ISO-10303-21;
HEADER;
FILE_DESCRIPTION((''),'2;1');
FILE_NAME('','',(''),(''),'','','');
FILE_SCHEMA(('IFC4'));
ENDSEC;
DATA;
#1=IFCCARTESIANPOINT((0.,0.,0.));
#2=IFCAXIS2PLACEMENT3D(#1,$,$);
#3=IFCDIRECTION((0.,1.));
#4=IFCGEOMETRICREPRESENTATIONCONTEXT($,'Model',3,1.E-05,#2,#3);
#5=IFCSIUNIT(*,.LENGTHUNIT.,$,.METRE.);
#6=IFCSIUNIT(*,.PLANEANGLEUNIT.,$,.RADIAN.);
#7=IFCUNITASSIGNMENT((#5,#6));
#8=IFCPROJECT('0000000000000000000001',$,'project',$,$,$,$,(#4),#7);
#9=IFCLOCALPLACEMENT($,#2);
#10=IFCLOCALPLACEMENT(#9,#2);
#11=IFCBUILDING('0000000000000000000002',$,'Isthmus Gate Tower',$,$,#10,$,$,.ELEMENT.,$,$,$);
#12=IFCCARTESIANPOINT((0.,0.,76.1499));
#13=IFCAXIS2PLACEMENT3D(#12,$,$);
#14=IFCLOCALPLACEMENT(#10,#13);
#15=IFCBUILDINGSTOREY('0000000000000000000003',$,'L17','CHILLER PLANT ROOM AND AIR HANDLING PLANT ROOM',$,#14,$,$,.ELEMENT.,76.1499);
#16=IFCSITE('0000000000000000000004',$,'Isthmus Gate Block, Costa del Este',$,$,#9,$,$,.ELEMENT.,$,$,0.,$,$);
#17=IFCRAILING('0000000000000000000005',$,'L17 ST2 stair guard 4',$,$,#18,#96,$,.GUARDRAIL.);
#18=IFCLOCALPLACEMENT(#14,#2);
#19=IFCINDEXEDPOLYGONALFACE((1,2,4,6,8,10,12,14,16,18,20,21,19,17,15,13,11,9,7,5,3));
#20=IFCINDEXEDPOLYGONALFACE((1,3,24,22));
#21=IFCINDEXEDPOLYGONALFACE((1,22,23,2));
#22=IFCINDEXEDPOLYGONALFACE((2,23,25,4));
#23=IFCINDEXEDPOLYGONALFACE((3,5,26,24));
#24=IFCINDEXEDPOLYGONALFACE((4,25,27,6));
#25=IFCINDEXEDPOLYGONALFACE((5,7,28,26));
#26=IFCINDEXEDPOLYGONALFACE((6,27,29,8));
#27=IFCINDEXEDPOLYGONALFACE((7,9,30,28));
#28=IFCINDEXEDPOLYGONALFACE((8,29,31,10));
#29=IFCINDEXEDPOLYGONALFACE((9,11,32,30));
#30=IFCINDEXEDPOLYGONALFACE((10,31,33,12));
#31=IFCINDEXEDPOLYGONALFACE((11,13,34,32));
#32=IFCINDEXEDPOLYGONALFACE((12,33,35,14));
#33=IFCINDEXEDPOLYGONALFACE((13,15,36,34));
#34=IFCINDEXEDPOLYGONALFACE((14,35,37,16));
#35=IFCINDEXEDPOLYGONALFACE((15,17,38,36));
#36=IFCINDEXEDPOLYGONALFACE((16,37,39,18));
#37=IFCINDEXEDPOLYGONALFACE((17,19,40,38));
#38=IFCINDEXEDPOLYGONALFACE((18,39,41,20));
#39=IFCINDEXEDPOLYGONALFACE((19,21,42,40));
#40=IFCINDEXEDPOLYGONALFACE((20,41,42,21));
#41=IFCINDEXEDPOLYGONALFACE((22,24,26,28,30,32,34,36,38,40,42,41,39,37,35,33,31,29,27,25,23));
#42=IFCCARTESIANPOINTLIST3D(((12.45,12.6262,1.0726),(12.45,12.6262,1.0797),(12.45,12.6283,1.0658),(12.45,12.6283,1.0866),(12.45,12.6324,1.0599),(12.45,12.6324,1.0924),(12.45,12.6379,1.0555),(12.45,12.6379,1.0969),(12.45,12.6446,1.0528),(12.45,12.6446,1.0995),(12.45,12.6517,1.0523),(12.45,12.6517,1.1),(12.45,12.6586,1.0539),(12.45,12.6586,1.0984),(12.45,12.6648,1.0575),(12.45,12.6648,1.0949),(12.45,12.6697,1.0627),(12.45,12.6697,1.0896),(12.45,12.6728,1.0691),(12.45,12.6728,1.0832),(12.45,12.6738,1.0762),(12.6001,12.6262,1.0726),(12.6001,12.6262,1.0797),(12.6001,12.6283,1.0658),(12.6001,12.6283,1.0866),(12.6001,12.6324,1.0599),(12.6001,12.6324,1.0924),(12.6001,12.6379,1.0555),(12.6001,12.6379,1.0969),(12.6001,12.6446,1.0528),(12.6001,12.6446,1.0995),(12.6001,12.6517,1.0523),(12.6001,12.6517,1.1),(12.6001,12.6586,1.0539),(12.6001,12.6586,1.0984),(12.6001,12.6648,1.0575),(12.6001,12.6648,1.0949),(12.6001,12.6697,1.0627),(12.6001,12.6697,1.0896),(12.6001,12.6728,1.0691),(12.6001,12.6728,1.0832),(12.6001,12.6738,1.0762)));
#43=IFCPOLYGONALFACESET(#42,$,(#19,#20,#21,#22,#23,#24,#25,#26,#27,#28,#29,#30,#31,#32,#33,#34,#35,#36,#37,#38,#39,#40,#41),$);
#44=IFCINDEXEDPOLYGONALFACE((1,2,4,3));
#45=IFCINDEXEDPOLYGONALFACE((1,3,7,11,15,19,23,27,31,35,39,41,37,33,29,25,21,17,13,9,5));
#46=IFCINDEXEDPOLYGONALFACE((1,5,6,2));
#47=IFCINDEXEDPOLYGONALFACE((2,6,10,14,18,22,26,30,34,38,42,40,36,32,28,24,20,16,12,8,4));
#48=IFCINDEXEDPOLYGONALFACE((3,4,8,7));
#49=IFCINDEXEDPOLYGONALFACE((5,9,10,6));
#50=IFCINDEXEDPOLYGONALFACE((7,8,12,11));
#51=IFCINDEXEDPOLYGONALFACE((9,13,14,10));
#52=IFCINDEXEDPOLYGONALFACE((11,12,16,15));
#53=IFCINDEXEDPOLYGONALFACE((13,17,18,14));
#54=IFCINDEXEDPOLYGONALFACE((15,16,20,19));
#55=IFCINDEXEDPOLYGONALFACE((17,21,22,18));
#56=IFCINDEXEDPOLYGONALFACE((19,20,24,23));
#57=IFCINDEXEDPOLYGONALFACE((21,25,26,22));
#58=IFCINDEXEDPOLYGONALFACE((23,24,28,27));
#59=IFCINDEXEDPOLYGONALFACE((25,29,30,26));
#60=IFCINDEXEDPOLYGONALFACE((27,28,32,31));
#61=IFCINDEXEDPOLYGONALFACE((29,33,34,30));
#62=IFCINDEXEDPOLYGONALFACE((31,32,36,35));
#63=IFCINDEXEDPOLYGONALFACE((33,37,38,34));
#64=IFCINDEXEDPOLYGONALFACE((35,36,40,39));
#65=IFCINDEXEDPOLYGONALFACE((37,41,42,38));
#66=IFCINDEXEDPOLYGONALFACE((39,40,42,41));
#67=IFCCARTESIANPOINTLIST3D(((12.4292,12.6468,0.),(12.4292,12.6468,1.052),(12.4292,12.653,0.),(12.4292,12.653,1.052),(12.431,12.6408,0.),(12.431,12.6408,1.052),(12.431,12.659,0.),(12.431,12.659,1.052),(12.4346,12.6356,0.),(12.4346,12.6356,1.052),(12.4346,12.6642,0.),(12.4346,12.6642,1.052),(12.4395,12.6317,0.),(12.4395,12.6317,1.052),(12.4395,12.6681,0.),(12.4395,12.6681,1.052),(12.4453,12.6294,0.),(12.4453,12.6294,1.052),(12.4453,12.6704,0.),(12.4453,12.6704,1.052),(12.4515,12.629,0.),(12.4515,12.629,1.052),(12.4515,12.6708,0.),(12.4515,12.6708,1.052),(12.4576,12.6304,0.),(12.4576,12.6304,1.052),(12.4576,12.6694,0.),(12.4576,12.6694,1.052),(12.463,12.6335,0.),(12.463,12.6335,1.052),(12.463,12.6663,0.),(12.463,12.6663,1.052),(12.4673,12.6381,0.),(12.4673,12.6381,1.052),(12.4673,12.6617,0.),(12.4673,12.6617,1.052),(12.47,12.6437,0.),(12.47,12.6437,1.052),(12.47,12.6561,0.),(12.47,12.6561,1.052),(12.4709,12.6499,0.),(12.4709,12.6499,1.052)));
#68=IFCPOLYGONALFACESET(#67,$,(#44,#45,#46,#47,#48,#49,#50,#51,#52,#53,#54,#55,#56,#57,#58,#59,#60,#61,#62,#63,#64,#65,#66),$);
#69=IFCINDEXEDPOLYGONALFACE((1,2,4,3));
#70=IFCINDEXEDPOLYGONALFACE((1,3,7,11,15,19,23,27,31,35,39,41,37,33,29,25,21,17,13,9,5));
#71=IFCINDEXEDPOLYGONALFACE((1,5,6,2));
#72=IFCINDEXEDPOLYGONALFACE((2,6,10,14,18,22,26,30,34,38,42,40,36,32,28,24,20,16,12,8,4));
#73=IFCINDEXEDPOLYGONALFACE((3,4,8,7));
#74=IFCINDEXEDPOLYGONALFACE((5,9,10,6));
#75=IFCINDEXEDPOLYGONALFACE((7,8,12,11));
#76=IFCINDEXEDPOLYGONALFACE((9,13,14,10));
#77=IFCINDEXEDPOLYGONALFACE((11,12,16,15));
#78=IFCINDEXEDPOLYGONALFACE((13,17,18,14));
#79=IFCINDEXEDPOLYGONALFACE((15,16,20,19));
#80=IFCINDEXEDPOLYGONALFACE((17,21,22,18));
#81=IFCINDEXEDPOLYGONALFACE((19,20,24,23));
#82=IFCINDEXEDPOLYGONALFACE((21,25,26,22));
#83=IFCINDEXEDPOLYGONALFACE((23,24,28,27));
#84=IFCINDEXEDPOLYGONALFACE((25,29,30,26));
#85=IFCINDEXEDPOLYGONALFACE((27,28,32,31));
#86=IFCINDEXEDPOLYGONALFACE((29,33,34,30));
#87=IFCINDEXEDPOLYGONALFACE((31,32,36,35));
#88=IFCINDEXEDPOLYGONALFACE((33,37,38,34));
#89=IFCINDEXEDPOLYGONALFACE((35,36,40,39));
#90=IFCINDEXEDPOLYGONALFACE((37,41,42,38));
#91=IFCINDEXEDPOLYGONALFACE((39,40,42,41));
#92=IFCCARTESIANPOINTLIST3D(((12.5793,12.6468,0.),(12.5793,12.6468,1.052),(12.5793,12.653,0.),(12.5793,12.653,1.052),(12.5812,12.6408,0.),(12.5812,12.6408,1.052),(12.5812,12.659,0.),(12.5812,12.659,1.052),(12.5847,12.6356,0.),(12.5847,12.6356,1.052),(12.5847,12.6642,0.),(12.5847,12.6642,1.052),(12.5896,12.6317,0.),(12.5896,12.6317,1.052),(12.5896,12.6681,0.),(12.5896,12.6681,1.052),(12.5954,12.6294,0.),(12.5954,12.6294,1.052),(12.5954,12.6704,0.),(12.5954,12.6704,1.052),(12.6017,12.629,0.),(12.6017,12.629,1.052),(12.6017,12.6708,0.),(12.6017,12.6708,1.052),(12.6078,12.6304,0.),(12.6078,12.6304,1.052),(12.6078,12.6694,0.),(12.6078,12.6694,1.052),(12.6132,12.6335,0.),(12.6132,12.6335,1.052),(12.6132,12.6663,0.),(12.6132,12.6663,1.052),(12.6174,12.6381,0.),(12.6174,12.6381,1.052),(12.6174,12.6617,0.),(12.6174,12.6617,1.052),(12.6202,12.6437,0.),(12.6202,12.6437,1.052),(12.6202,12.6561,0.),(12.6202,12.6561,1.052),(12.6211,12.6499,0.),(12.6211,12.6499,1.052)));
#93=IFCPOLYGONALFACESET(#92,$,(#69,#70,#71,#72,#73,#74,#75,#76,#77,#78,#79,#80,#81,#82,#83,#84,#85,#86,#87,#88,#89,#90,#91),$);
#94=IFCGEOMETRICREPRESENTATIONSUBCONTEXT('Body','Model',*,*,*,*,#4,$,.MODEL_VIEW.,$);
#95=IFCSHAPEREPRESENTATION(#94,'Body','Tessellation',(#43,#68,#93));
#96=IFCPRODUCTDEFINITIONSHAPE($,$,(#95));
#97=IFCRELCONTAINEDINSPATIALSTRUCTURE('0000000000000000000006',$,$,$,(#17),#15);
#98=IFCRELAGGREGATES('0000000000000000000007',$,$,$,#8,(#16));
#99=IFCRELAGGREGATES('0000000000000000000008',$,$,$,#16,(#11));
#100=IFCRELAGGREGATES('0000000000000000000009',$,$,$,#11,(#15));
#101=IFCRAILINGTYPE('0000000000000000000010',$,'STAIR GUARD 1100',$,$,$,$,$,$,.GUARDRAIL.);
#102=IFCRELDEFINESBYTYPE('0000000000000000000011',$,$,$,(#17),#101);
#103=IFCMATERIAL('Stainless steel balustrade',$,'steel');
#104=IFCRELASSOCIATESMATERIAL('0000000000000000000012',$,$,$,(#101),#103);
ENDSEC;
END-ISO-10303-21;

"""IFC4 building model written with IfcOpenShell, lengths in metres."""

from ifc_helpers import new_model, si_unit, direction, frame, origin, origin_2d, place, context, subcontext, project, spatial, circle, extrude, material, type_object, element, save


model = new_model("IFC4")

# Units and contexts
model_context = context("Model", 3, precision=1e-05, world=origin(), true_north=direction((0.0, 1.0)))
body_context = subcontext(model_context, "Body", "Model", "MODEL_VIEW")
ifc_project = project(units=[si_unit("LENGTHUNIT", "METRE"), si_unit("PLANEANGLEUNIT", "RADIAN")], contexts=[model_context])

# Site, building, storey
site_placement = place(None, origin())
site = spatial("IfcSite", under=ifc_project, at=site_placement, Name="Isthmus Gate Block, Costa del Este", CompositionType="ELEMENT", RefElevation=0.0)
building_placement = place(site_placement, origin())
building = spatial("IfcBuilding", under=site, at=building_placement, Name="Isthmus Gate Tower", CompositionType="ELEMENT")
storey_placement = place(building_placement, frame((0.0, 0.0, 76.1499)))
storey = spatial("IfcBuildingStorey", under=building, at=storey_placement, Name="L17", Description="CHILLER PLANT ROOM AND AIR HANDLING PLANT ROOM", CompositionType="ELEMENT", Elevation=76.1499)

# Railing
ifc_material_1 = material(Name="Stainless steel balustrade", Category="steel")
railing_type_1 = type_object("IfcRailingType", Name="STAIR GUARD 1100", PredefinedType="GUARDRAIL", material=ifc_material_1)
railing_1_placement = place(storey_placement, frame((12.45, 12.6499, 0.0)))
element("IfcRailing", 1, at=railing_1_placement, inside=storey, type_object=railing_type_1, Name="L17 ST2 stair guard 4", PredefinedType="GUARDRAIL", context=body_context, shape_type="SweptSolid", body=[
    extrude(circle(Radius=0.0239, at=origin_2d()), frame((0.0, 0.0, 1.0762), z_axis=(1.0, 0.0, 0.0), x_axis=(0.0, 1.0, 0.0)), (0.0, 0.0, 1.0), 0.1501),
    extrude(circle(Radius=0.021, at=origin_2d()), origin(), (0.0, 0.0, 1.0), 1.052),
    extrude(circle(Radius=0.021, at=origin_2d()), frame((0.1501, 0.0, 0.0)), (0.0, 0.0, 1.0), 1.052),
])

save(model, "model.ifc")
